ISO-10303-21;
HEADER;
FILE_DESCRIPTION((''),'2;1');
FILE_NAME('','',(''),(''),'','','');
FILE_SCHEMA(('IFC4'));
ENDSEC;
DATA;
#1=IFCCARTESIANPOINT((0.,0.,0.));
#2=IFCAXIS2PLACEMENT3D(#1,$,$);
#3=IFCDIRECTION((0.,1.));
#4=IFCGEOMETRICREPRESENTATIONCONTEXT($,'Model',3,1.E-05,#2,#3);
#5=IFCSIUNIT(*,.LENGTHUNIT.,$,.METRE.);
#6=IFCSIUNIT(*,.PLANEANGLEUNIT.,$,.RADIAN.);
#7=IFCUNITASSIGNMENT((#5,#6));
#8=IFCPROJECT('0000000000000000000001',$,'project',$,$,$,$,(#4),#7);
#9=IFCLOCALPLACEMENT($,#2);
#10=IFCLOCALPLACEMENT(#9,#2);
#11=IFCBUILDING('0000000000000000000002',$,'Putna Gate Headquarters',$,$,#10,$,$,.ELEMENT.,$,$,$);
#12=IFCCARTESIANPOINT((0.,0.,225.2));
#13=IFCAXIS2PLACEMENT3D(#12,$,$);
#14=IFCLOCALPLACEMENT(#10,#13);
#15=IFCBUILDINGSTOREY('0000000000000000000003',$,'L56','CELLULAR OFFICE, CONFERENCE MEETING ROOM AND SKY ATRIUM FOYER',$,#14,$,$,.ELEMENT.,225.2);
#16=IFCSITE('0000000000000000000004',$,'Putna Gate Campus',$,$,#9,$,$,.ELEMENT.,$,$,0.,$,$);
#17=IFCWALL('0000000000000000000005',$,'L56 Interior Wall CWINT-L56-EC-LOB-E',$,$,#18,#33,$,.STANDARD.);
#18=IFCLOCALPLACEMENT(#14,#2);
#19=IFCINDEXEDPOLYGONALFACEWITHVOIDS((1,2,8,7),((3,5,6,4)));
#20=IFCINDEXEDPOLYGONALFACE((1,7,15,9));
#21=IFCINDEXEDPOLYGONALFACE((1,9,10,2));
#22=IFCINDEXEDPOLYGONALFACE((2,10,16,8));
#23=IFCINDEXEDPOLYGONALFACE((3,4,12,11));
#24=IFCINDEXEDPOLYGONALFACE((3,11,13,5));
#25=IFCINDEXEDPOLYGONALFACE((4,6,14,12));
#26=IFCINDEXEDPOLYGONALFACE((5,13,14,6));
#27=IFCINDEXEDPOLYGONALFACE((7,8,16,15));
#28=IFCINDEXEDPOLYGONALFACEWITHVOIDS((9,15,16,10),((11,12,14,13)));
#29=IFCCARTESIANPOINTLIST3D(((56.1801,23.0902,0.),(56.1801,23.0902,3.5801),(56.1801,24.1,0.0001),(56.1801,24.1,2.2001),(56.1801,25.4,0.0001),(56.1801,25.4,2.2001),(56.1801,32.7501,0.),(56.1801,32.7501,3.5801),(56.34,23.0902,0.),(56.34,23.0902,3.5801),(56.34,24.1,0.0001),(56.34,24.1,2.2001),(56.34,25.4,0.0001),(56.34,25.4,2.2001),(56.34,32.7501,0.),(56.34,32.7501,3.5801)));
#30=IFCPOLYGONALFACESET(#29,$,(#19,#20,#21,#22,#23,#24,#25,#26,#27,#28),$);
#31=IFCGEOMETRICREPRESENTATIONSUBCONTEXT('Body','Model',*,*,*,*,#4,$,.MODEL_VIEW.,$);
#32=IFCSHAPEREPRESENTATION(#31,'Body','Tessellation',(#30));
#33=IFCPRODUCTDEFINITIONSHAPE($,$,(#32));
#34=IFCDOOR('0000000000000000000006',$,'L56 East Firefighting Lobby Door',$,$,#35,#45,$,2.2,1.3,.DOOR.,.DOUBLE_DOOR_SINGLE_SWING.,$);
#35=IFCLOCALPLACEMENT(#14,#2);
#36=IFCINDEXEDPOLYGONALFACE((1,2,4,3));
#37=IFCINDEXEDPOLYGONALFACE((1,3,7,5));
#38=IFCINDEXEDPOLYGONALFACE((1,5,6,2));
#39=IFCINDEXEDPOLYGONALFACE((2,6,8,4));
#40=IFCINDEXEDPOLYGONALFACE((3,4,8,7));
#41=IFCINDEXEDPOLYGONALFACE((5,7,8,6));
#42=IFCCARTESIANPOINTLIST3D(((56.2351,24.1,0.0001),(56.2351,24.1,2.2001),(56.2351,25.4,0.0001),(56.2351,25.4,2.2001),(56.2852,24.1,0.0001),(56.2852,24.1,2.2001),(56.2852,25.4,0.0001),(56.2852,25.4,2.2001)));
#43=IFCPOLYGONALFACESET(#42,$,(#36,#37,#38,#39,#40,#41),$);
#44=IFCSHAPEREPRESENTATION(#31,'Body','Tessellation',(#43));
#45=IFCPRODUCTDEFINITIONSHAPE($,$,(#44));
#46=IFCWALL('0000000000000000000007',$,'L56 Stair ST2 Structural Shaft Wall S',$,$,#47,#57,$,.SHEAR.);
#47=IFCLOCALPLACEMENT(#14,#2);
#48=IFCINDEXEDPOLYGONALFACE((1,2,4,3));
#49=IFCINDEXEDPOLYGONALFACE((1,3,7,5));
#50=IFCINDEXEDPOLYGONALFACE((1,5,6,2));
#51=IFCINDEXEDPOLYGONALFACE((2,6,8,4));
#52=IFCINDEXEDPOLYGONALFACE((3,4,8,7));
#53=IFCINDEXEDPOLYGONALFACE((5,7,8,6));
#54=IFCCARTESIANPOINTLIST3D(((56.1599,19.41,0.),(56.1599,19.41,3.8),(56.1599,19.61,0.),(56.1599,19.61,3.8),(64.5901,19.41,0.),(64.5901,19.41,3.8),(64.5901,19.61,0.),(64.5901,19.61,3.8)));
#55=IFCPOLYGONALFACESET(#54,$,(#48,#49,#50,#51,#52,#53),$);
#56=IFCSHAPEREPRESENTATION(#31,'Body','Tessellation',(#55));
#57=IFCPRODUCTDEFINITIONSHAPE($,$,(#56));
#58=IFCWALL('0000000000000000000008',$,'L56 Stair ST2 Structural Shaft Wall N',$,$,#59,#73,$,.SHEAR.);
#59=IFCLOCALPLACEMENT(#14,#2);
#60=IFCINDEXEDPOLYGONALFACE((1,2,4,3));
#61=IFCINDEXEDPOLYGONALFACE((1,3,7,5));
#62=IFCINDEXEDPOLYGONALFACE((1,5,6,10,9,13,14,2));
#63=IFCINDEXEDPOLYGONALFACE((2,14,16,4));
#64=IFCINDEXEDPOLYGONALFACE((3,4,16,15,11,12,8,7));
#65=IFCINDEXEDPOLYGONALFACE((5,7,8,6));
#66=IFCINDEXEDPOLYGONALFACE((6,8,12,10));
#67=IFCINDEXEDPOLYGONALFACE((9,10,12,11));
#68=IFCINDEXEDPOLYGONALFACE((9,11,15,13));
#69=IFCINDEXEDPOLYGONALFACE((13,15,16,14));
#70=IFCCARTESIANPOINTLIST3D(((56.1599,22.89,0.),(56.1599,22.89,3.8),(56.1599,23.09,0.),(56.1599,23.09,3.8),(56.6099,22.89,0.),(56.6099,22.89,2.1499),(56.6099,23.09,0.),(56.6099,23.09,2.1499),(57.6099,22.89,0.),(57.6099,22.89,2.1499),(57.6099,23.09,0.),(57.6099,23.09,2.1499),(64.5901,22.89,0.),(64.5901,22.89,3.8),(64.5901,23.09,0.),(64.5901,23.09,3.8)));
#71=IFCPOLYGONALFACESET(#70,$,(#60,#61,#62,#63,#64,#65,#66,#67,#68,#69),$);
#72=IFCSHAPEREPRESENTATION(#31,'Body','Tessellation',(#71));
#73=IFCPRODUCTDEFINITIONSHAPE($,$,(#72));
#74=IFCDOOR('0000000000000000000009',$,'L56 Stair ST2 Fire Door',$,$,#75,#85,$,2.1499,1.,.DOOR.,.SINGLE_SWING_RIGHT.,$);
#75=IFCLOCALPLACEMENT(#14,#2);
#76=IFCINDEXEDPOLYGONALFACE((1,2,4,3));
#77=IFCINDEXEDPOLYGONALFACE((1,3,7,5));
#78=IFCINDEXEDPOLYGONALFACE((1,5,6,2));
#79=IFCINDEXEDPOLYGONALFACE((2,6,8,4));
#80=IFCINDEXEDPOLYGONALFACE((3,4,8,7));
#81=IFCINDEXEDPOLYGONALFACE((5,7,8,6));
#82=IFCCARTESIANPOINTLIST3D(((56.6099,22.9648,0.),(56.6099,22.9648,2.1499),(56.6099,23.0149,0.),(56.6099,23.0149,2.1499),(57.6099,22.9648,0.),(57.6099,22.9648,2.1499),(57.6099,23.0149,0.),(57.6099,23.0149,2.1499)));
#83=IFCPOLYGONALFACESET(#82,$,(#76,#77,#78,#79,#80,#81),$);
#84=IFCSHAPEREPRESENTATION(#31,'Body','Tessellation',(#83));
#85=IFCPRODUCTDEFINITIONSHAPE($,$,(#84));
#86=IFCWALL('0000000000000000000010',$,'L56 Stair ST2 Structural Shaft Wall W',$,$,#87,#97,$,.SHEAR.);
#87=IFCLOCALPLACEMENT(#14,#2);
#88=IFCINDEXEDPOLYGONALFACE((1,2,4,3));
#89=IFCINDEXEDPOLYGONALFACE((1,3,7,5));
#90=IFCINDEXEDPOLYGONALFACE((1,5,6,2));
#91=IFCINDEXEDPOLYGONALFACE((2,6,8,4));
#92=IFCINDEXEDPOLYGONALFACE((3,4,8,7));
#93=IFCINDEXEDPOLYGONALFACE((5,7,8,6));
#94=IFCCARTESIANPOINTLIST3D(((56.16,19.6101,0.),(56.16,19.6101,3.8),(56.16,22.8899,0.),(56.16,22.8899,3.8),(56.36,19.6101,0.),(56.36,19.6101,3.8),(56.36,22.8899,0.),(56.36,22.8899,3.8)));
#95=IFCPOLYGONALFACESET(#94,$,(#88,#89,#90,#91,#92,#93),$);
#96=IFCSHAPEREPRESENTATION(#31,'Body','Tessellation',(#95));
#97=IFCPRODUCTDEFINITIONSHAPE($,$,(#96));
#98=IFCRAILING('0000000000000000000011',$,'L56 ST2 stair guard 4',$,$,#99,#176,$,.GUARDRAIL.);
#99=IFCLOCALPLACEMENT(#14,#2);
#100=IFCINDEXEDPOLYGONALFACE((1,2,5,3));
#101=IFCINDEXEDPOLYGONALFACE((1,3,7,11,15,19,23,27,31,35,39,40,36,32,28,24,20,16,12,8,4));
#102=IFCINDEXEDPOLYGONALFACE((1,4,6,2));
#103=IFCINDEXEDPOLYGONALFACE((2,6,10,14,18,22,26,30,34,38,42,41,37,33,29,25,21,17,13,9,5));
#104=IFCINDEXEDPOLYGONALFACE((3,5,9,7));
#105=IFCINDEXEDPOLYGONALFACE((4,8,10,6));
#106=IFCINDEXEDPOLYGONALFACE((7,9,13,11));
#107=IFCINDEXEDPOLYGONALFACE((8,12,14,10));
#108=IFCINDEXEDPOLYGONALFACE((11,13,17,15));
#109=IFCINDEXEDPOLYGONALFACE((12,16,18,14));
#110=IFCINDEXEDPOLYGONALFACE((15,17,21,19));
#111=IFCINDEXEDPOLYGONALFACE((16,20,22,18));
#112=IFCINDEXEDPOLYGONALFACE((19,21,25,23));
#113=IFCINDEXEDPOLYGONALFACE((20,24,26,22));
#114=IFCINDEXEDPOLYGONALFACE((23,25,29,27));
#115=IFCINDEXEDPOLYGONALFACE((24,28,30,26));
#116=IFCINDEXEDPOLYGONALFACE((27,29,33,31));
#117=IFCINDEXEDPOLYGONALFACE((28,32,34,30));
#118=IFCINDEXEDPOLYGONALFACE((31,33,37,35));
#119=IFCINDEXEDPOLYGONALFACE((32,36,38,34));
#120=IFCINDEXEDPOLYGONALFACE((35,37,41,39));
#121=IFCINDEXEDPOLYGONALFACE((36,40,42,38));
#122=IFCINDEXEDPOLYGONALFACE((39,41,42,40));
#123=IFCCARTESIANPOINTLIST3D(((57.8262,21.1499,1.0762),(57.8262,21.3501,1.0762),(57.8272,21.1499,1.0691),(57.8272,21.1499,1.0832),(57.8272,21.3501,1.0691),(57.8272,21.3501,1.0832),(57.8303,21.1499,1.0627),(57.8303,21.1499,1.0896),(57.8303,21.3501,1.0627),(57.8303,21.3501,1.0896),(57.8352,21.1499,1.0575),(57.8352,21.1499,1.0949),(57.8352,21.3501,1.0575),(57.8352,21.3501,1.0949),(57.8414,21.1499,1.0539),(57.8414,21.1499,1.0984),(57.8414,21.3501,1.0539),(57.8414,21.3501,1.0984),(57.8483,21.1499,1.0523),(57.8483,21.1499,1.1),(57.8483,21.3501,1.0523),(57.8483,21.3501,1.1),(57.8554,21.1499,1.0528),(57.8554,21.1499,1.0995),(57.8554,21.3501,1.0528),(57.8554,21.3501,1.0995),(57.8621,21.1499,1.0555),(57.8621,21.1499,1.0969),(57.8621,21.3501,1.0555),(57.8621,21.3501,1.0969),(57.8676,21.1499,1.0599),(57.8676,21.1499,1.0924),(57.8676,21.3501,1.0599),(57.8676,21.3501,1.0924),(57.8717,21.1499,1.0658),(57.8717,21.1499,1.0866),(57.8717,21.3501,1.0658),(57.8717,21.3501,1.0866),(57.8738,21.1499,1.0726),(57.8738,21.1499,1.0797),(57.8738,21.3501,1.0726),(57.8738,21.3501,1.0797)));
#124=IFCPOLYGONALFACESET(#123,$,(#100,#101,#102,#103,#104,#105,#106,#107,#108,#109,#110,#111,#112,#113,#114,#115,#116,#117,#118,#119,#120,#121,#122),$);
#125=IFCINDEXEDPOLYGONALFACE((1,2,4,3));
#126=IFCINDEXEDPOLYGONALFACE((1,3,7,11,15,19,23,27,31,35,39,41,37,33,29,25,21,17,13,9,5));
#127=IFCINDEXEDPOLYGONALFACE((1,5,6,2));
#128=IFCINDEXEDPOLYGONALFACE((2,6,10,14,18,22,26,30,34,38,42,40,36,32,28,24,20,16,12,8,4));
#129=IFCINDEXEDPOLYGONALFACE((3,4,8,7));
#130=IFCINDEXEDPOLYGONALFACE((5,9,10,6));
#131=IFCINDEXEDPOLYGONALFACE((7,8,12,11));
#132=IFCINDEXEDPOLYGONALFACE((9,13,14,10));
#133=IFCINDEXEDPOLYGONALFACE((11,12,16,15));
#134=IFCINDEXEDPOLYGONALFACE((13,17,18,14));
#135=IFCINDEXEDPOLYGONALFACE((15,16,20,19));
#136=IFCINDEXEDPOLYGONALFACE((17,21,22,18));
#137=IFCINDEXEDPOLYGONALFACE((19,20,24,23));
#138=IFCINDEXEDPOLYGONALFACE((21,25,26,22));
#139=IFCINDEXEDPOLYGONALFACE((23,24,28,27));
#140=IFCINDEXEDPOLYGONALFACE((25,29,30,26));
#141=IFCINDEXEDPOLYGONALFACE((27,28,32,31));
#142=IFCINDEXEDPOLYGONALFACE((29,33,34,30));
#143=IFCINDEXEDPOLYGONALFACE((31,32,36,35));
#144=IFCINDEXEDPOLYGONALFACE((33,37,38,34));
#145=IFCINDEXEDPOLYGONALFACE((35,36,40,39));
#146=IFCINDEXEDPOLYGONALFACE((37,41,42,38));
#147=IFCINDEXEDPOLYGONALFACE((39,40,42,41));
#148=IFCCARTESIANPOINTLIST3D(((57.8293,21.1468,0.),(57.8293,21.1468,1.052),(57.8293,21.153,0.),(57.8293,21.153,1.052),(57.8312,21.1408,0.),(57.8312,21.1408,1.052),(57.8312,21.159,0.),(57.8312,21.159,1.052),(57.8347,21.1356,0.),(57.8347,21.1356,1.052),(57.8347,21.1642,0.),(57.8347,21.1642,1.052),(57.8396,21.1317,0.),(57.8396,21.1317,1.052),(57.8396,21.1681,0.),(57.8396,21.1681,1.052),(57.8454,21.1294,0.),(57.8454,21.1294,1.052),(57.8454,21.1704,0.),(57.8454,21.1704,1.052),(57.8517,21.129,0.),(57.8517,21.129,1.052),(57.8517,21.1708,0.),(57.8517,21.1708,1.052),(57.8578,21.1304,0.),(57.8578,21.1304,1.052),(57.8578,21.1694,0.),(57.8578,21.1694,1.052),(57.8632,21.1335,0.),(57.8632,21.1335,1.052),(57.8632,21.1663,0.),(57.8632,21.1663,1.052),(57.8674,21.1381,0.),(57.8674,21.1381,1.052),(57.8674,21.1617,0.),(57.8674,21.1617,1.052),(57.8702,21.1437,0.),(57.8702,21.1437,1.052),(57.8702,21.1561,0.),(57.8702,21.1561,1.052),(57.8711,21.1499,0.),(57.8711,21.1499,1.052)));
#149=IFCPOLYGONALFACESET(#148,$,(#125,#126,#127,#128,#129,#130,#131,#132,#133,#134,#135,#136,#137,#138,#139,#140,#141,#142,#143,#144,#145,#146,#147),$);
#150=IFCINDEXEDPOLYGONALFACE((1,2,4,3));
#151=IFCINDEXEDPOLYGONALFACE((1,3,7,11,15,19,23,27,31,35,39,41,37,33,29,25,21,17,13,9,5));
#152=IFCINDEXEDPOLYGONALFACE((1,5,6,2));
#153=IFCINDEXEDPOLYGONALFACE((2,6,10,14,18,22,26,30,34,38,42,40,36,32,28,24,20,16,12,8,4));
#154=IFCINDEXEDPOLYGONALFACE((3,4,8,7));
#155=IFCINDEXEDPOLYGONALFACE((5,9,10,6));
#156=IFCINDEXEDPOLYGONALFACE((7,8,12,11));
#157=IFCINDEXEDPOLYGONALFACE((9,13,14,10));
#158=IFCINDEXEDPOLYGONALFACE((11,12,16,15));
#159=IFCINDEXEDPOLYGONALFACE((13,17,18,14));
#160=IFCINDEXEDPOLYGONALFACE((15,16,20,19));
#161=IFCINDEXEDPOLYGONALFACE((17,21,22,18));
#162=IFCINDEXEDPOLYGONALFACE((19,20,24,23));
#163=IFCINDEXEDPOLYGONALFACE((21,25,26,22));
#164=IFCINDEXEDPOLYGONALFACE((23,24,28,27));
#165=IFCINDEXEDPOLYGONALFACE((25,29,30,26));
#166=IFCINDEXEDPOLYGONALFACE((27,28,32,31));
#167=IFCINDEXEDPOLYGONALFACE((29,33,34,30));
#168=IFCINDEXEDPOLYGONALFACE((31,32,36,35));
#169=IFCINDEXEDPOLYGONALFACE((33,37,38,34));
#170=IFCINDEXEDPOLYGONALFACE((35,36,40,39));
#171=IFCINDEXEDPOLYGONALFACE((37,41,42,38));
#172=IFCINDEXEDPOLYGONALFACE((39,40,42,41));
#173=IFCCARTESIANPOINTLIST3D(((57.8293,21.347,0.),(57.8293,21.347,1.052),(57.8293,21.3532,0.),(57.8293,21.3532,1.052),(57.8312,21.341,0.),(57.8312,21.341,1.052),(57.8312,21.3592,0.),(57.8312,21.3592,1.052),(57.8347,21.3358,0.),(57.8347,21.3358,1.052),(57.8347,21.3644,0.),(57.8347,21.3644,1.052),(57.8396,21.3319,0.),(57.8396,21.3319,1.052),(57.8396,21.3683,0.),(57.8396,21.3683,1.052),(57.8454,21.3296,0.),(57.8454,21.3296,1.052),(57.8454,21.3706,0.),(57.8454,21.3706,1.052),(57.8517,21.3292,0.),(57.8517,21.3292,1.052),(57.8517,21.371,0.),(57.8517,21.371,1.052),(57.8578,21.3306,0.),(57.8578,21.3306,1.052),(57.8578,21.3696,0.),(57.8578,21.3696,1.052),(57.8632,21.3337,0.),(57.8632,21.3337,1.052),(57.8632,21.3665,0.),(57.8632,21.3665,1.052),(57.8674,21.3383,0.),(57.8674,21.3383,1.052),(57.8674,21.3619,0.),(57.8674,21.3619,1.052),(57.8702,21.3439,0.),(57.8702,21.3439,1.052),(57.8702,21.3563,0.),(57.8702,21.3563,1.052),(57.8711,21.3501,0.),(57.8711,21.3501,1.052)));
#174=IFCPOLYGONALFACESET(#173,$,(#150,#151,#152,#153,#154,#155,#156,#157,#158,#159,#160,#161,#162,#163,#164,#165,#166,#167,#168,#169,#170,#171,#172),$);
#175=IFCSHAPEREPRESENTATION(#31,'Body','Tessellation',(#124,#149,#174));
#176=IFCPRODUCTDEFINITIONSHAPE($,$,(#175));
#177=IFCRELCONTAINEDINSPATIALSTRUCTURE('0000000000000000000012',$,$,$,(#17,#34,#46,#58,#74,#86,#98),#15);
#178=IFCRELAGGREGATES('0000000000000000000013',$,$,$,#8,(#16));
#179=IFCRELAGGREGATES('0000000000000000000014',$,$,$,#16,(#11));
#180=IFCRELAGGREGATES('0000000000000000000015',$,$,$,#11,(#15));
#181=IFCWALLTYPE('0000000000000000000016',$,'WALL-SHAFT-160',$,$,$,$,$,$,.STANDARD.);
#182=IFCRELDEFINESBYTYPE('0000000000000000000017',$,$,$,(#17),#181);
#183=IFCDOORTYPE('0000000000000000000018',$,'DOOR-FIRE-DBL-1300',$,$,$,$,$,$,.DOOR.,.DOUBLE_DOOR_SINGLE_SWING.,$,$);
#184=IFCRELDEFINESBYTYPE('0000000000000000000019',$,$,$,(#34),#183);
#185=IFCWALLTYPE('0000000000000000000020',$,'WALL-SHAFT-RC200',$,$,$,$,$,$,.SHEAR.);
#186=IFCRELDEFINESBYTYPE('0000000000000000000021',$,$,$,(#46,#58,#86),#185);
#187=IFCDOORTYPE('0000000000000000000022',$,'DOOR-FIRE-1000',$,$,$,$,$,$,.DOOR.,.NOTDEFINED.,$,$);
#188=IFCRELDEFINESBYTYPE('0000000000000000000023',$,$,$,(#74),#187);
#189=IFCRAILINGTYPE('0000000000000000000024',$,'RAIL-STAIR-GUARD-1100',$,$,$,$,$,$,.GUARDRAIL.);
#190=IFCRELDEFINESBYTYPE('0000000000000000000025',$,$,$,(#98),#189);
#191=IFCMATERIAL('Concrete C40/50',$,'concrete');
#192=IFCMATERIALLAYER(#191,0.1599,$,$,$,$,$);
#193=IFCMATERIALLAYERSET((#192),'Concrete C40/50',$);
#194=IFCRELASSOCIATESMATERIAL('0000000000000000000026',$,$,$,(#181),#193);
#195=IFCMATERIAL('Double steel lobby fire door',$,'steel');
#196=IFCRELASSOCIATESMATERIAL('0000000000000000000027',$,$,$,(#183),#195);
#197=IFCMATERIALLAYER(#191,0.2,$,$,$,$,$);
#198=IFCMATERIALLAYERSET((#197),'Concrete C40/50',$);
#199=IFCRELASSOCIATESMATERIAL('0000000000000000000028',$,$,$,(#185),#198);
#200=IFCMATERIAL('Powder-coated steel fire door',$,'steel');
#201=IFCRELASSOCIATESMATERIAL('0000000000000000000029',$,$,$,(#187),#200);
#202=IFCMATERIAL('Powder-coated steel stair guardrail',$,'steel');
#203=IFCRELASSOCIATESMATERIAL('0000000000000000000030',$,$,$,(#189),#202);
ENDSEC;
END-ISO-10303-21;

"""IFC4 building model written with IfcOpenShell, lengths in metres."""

from ifc_helpers import new_model, si_unit, direction, frame, frame_2d, origin, origin_2d, place, context, subcontext, project, spatial, rectangle, circle, extrude, material, layer, layer_set, type_object, element, fill, save


model = new_model("IFC4")

# Units and contexts
model_context = context("Model", 3, precision=1e-05, world=origin(), true_north=direction((0.0, 1.0)))
body_context = subcontext(model_context, "Body", "Model", "MODEL_VIEW")
ifc_project = project(units=[si_unit("LENGTHUNIT", "METRE"), si_unit("PLANEANGLEUNIT", "RADIAN")], contexts=[model_context])

# Site, building, storey
site_placement = place(None, origin())
site = spatial("IfcSite", under=ifc_project, at=site_placement, Name="Putna Gate Campus", CompositionType="ELEMENT", RefElevation=0.0)
building_placement = place(site_placement, origin())
building = spatial("IfcBuilding", under=site, at=building_placement, Name="Putna Gate Headquarters", CompositionType="ELEMENT")
storey_placement = place(building_placement, frame((0.0, 0.0, 225.2)))
storey = spatial("IfcBuildingStorey", under=building, at=storey_placement, Name="L56", Description="CELLULAR OFFICE, CONFERENCE MEETING ROOM AND SKY ATRIUM FOYER", CompositionType="ELEMENT", Elevation=225.2)

# Shared definitions
ifc_material_1 = material(Name="Concrete C40/50", Category="concrete")
ifc_layer_1 = layer(ifc_material_1, 0.1599)
ifc_layer_set_1 = layer_set([ifc_layer_1], Name="Concrete C40/50")
wall_type_1 = type_object("IfcWallType", Name="WALL-SHAFT-160", PredefinedType="STANDARD", material=ifc_layer_set_1)

# Wall, opening, door
wall_1_placement = place(storey_placement, frame((56.26, 23.0901, 0.0), z_axis=(0.0, 0.0, 1.0), x_axis=(0.0, 1.0, 0.0)))
wall_1 = element("IfcWall", 1, at=wall_1_placement, inside=storey, type_object=wall_type_1, Name="L56 Interior Wall CWINT-L56-EC-LOB-E", PredefinedType="STANDARD", context=body_context, shape_type="SweptSolid", body=[
    extrude(rectangle(XDim=9.6599, YDim=0.1599, at=frame_2d((4.8301, 0.0))), origin(), (0.0, 0.0, 1.0), 3.5801),
])
opening_1_placement = place(wall_1_placement, frame((1.01, 0.0, 0.0)))
opening_1 = element("IfcOpeningElement", 2, at=opening_1_placement, cuts=wall_1, PredefinedType="OPENING", context=body_context, shape_type="SweptSolid", body=[
    extrude(rectangle(XDim=1.3, YDim=2.2, at=frame_2d((0.6499, 1.1001))), frame((0.0, 0.0898, 0.0), z_axis=(0.0, -1.0, 0.0), x_axis=(1.0, 0.0, 0.0)), (0.0, 0.0, 1.0), 0.1799),
])
ifc_material_2 = material(Name="Double steel lobby fire door", Category="steel")
door_type_1 = type_object("IfcDoorType", Name="DOOR-FIRE-DBL-1300", OperationType="DOUBLE_DOOR_SINGLE_SWING", PredefinedType="DOOR", material=ifc_material_2)
door_1_placement = place(opening_1_placement, origin())
door_1 = element("IfcDoor", 3, at=door_1_placement, inside=storey, type_object=door_type_1, Name="L56 East Firefighting Lobby Door", OperationType="DOUBLE_DOOR_SINGLE_SWING", OverallHeight=2.2, OverallWidth=1.3, PredefinedType="DOOR", context=body_context, shape_type="SweptSolid", body=[
    extrude(rectangle(XDim=1.3, YDim=2.2, at=frame_2d((0.6499, 1.1001))), frame((0.0, 0.0249, 0.0), z_axis=(0.0, -1.0, 0.0), x_axis=(1.0, 0.0, 0.0)), (0.0, 0.0, 1.0), 0.05),
])
fill(opening_1, door_1)

# Wall
ifc_layer_2 = layer(ifc_material_1, 0.2)
ifc_layer_set_2 = layer_set([ifc_layer_2], Name="Concrete C40/50")
wall_type_2 = type_object("IfcWallType", Name="WALL-SHAFT-RC200", PredefinedType="SHEAR", material=ifc_layer_set_2)
wall_2_placement = place(storey_placement, frame((56.1599, 19.51, 0.0), z_axis=(0.0, 0.0, 1.0), x_axis=(1.0, 0.0, 0.0)))
element("IfcWall", 4, at=wall_2_placement, inside=storey, type_object=wall_type_2, Name="L56 Stair ST2 Structural Shaft Wall S", PredefinedType="SHEAR", context=body_context, shape_type="SweptSolid", body=[
    extrude(rectangle(XDim=8.4302, YDim=0.2, at=frame_2d((4.2151, 0.0))), origin(), (0.0, 0.0, 1.0), 3.8),
])

# Wall, opening, door
wall_3_placement = place(storey_placement, frame((56.1599, 22.99, 0.0), z_axis=(0.0, 0.0, 1.0), x_axis=(1.0, 0.0, 0.0)))
wall_3 = element("IfcWall", 5, at=wall_3_placement, inside=storey, type_object=wall_type_2, Name="L56 Stair ST2 Structural Shaft Wall N", PredefinedType="SHEAR", context=body_context, shape_type="SweptSolid", body=[
    extrude(rectangle(XDim=8.4302, YDim=0.2, at=frame_2d((4.2151, 0.0))), origin(), (0.0, 0.0, 1.0), 3.8),
])
opening_2_placement = place(wall_3_placement, frame((0.45, 0.0, 0.0)))
opening_2 = element("IfcOpeningElement", 6, at=opening_2_placement, cuts=wall_3, PredefinedType="OPENING", context=body_context, shape_type="SweptSolid", body=[
    extrude(rectangle(XDim=1.0, YDim=2.1499, at=frame_2d((0.5, 1.075))), frame((0.0, 0.1099, 0.0), z_axis=(0.0, -1.0, 0.0), x_axis=(1.0, 0.0, 0.0)), (0.0, 0.0, 1.0), 0.22),
])
ifc_material_3 = material(Name="Powder-coated steel fire door", Category="steel")
door_type_2 = type_object("IfcDoorType", Name="DOOR-FIRE-1000", OperationType="NOTDEFINED", PredefinedType="DOOR", material=ifc_material_3)
door_2_placement = place(opening_2_placement, origin())
door_2 = element("IfcDoor", 7, at=door_2_placement, inside=storey, type_object=door_type_2, Name="L56 Stair ST2 Fire Door", OperationType="SINGLE_SWING_RIGHT", OverallHeight=2.1499, OverallWidth=1.0, PredefinedType="DOOR", context=body_context, shape_type="SweptSolid", body=[
    extrude(rectangle(XDim=1.0, YDim=2.1499, at=frame_2d((0.5, 1.075))), frame((0.0, 0.0249, 0.0), z_axis=(0.0, -1.0, 0.0), x_axis=(1.0, 0.0, 0.0)), (0.0, 0.0, 1.0), 0.05),
])
fill(opening_2, door_2)

# Wall
wall_4_placement = place(storey_placement, frame((56.26, 19.6101, 0.0), z_axis=(0.0, 0.0, 1.0), x_axis=(0.0, 1.0, 0.0)))
element("IfcWall", 8, at=wall_4_placement, inside=storey, type_object=wall_type_2, Name="L56 Stair ST2 Structural Shaft Wall W", PredefinedType="SHEAR", context=body_context, shape_type="SweptSolid", body=[
    extrude(rectangle(XDim=3.2798, YDim=0.2, at=frame_2d((1.6399, 0.0))), origin(), (0.0, 0.0, 1.0), 3.8),
])

# Railing
ifc_material_4 = material(Name="Powder-coated steel stair guardrail", Category="steel")
railing_type_1 = type_object("IfcRailingType", Name="RAIL-STAIR-GUARD-1100", PredefinedType="GUARDRAIL", material=ifc_material_4)
railing_1_placement = place(storey_placement, frame((57.8501, 21.1499, 0.0)))
element("IfcRailing", 9, at=railing_1_placement, inside=storey, type_object=railing_type_1, Name="L56 ST2 stair guard 4", PredefinedType="GUARDRAIL", context=body_context, shape_type="SweptSolid", body=[
    extrude(circle(Radius=0.0239, at=origin_2d()), frame((0.0, 0.0, 1.0762), z_axis=(0.0, 1.0, 0.0), x_axis=(-1.0, 0.0, 0.0)), (0.0, 0.0, 1.0), 0.2002),
    extrude(circle(Radius=0.021, at=origin_2d()), origin(), (0.0, 0.0, 1.0), 1.052),
    extrude(circle(Radius=0.021, at=origin_2d()), frame((0.0, 0.2002, 0.0)), (0.0, 0.0, 1.0), 1.052),
])

save(model, "model.ifc")
